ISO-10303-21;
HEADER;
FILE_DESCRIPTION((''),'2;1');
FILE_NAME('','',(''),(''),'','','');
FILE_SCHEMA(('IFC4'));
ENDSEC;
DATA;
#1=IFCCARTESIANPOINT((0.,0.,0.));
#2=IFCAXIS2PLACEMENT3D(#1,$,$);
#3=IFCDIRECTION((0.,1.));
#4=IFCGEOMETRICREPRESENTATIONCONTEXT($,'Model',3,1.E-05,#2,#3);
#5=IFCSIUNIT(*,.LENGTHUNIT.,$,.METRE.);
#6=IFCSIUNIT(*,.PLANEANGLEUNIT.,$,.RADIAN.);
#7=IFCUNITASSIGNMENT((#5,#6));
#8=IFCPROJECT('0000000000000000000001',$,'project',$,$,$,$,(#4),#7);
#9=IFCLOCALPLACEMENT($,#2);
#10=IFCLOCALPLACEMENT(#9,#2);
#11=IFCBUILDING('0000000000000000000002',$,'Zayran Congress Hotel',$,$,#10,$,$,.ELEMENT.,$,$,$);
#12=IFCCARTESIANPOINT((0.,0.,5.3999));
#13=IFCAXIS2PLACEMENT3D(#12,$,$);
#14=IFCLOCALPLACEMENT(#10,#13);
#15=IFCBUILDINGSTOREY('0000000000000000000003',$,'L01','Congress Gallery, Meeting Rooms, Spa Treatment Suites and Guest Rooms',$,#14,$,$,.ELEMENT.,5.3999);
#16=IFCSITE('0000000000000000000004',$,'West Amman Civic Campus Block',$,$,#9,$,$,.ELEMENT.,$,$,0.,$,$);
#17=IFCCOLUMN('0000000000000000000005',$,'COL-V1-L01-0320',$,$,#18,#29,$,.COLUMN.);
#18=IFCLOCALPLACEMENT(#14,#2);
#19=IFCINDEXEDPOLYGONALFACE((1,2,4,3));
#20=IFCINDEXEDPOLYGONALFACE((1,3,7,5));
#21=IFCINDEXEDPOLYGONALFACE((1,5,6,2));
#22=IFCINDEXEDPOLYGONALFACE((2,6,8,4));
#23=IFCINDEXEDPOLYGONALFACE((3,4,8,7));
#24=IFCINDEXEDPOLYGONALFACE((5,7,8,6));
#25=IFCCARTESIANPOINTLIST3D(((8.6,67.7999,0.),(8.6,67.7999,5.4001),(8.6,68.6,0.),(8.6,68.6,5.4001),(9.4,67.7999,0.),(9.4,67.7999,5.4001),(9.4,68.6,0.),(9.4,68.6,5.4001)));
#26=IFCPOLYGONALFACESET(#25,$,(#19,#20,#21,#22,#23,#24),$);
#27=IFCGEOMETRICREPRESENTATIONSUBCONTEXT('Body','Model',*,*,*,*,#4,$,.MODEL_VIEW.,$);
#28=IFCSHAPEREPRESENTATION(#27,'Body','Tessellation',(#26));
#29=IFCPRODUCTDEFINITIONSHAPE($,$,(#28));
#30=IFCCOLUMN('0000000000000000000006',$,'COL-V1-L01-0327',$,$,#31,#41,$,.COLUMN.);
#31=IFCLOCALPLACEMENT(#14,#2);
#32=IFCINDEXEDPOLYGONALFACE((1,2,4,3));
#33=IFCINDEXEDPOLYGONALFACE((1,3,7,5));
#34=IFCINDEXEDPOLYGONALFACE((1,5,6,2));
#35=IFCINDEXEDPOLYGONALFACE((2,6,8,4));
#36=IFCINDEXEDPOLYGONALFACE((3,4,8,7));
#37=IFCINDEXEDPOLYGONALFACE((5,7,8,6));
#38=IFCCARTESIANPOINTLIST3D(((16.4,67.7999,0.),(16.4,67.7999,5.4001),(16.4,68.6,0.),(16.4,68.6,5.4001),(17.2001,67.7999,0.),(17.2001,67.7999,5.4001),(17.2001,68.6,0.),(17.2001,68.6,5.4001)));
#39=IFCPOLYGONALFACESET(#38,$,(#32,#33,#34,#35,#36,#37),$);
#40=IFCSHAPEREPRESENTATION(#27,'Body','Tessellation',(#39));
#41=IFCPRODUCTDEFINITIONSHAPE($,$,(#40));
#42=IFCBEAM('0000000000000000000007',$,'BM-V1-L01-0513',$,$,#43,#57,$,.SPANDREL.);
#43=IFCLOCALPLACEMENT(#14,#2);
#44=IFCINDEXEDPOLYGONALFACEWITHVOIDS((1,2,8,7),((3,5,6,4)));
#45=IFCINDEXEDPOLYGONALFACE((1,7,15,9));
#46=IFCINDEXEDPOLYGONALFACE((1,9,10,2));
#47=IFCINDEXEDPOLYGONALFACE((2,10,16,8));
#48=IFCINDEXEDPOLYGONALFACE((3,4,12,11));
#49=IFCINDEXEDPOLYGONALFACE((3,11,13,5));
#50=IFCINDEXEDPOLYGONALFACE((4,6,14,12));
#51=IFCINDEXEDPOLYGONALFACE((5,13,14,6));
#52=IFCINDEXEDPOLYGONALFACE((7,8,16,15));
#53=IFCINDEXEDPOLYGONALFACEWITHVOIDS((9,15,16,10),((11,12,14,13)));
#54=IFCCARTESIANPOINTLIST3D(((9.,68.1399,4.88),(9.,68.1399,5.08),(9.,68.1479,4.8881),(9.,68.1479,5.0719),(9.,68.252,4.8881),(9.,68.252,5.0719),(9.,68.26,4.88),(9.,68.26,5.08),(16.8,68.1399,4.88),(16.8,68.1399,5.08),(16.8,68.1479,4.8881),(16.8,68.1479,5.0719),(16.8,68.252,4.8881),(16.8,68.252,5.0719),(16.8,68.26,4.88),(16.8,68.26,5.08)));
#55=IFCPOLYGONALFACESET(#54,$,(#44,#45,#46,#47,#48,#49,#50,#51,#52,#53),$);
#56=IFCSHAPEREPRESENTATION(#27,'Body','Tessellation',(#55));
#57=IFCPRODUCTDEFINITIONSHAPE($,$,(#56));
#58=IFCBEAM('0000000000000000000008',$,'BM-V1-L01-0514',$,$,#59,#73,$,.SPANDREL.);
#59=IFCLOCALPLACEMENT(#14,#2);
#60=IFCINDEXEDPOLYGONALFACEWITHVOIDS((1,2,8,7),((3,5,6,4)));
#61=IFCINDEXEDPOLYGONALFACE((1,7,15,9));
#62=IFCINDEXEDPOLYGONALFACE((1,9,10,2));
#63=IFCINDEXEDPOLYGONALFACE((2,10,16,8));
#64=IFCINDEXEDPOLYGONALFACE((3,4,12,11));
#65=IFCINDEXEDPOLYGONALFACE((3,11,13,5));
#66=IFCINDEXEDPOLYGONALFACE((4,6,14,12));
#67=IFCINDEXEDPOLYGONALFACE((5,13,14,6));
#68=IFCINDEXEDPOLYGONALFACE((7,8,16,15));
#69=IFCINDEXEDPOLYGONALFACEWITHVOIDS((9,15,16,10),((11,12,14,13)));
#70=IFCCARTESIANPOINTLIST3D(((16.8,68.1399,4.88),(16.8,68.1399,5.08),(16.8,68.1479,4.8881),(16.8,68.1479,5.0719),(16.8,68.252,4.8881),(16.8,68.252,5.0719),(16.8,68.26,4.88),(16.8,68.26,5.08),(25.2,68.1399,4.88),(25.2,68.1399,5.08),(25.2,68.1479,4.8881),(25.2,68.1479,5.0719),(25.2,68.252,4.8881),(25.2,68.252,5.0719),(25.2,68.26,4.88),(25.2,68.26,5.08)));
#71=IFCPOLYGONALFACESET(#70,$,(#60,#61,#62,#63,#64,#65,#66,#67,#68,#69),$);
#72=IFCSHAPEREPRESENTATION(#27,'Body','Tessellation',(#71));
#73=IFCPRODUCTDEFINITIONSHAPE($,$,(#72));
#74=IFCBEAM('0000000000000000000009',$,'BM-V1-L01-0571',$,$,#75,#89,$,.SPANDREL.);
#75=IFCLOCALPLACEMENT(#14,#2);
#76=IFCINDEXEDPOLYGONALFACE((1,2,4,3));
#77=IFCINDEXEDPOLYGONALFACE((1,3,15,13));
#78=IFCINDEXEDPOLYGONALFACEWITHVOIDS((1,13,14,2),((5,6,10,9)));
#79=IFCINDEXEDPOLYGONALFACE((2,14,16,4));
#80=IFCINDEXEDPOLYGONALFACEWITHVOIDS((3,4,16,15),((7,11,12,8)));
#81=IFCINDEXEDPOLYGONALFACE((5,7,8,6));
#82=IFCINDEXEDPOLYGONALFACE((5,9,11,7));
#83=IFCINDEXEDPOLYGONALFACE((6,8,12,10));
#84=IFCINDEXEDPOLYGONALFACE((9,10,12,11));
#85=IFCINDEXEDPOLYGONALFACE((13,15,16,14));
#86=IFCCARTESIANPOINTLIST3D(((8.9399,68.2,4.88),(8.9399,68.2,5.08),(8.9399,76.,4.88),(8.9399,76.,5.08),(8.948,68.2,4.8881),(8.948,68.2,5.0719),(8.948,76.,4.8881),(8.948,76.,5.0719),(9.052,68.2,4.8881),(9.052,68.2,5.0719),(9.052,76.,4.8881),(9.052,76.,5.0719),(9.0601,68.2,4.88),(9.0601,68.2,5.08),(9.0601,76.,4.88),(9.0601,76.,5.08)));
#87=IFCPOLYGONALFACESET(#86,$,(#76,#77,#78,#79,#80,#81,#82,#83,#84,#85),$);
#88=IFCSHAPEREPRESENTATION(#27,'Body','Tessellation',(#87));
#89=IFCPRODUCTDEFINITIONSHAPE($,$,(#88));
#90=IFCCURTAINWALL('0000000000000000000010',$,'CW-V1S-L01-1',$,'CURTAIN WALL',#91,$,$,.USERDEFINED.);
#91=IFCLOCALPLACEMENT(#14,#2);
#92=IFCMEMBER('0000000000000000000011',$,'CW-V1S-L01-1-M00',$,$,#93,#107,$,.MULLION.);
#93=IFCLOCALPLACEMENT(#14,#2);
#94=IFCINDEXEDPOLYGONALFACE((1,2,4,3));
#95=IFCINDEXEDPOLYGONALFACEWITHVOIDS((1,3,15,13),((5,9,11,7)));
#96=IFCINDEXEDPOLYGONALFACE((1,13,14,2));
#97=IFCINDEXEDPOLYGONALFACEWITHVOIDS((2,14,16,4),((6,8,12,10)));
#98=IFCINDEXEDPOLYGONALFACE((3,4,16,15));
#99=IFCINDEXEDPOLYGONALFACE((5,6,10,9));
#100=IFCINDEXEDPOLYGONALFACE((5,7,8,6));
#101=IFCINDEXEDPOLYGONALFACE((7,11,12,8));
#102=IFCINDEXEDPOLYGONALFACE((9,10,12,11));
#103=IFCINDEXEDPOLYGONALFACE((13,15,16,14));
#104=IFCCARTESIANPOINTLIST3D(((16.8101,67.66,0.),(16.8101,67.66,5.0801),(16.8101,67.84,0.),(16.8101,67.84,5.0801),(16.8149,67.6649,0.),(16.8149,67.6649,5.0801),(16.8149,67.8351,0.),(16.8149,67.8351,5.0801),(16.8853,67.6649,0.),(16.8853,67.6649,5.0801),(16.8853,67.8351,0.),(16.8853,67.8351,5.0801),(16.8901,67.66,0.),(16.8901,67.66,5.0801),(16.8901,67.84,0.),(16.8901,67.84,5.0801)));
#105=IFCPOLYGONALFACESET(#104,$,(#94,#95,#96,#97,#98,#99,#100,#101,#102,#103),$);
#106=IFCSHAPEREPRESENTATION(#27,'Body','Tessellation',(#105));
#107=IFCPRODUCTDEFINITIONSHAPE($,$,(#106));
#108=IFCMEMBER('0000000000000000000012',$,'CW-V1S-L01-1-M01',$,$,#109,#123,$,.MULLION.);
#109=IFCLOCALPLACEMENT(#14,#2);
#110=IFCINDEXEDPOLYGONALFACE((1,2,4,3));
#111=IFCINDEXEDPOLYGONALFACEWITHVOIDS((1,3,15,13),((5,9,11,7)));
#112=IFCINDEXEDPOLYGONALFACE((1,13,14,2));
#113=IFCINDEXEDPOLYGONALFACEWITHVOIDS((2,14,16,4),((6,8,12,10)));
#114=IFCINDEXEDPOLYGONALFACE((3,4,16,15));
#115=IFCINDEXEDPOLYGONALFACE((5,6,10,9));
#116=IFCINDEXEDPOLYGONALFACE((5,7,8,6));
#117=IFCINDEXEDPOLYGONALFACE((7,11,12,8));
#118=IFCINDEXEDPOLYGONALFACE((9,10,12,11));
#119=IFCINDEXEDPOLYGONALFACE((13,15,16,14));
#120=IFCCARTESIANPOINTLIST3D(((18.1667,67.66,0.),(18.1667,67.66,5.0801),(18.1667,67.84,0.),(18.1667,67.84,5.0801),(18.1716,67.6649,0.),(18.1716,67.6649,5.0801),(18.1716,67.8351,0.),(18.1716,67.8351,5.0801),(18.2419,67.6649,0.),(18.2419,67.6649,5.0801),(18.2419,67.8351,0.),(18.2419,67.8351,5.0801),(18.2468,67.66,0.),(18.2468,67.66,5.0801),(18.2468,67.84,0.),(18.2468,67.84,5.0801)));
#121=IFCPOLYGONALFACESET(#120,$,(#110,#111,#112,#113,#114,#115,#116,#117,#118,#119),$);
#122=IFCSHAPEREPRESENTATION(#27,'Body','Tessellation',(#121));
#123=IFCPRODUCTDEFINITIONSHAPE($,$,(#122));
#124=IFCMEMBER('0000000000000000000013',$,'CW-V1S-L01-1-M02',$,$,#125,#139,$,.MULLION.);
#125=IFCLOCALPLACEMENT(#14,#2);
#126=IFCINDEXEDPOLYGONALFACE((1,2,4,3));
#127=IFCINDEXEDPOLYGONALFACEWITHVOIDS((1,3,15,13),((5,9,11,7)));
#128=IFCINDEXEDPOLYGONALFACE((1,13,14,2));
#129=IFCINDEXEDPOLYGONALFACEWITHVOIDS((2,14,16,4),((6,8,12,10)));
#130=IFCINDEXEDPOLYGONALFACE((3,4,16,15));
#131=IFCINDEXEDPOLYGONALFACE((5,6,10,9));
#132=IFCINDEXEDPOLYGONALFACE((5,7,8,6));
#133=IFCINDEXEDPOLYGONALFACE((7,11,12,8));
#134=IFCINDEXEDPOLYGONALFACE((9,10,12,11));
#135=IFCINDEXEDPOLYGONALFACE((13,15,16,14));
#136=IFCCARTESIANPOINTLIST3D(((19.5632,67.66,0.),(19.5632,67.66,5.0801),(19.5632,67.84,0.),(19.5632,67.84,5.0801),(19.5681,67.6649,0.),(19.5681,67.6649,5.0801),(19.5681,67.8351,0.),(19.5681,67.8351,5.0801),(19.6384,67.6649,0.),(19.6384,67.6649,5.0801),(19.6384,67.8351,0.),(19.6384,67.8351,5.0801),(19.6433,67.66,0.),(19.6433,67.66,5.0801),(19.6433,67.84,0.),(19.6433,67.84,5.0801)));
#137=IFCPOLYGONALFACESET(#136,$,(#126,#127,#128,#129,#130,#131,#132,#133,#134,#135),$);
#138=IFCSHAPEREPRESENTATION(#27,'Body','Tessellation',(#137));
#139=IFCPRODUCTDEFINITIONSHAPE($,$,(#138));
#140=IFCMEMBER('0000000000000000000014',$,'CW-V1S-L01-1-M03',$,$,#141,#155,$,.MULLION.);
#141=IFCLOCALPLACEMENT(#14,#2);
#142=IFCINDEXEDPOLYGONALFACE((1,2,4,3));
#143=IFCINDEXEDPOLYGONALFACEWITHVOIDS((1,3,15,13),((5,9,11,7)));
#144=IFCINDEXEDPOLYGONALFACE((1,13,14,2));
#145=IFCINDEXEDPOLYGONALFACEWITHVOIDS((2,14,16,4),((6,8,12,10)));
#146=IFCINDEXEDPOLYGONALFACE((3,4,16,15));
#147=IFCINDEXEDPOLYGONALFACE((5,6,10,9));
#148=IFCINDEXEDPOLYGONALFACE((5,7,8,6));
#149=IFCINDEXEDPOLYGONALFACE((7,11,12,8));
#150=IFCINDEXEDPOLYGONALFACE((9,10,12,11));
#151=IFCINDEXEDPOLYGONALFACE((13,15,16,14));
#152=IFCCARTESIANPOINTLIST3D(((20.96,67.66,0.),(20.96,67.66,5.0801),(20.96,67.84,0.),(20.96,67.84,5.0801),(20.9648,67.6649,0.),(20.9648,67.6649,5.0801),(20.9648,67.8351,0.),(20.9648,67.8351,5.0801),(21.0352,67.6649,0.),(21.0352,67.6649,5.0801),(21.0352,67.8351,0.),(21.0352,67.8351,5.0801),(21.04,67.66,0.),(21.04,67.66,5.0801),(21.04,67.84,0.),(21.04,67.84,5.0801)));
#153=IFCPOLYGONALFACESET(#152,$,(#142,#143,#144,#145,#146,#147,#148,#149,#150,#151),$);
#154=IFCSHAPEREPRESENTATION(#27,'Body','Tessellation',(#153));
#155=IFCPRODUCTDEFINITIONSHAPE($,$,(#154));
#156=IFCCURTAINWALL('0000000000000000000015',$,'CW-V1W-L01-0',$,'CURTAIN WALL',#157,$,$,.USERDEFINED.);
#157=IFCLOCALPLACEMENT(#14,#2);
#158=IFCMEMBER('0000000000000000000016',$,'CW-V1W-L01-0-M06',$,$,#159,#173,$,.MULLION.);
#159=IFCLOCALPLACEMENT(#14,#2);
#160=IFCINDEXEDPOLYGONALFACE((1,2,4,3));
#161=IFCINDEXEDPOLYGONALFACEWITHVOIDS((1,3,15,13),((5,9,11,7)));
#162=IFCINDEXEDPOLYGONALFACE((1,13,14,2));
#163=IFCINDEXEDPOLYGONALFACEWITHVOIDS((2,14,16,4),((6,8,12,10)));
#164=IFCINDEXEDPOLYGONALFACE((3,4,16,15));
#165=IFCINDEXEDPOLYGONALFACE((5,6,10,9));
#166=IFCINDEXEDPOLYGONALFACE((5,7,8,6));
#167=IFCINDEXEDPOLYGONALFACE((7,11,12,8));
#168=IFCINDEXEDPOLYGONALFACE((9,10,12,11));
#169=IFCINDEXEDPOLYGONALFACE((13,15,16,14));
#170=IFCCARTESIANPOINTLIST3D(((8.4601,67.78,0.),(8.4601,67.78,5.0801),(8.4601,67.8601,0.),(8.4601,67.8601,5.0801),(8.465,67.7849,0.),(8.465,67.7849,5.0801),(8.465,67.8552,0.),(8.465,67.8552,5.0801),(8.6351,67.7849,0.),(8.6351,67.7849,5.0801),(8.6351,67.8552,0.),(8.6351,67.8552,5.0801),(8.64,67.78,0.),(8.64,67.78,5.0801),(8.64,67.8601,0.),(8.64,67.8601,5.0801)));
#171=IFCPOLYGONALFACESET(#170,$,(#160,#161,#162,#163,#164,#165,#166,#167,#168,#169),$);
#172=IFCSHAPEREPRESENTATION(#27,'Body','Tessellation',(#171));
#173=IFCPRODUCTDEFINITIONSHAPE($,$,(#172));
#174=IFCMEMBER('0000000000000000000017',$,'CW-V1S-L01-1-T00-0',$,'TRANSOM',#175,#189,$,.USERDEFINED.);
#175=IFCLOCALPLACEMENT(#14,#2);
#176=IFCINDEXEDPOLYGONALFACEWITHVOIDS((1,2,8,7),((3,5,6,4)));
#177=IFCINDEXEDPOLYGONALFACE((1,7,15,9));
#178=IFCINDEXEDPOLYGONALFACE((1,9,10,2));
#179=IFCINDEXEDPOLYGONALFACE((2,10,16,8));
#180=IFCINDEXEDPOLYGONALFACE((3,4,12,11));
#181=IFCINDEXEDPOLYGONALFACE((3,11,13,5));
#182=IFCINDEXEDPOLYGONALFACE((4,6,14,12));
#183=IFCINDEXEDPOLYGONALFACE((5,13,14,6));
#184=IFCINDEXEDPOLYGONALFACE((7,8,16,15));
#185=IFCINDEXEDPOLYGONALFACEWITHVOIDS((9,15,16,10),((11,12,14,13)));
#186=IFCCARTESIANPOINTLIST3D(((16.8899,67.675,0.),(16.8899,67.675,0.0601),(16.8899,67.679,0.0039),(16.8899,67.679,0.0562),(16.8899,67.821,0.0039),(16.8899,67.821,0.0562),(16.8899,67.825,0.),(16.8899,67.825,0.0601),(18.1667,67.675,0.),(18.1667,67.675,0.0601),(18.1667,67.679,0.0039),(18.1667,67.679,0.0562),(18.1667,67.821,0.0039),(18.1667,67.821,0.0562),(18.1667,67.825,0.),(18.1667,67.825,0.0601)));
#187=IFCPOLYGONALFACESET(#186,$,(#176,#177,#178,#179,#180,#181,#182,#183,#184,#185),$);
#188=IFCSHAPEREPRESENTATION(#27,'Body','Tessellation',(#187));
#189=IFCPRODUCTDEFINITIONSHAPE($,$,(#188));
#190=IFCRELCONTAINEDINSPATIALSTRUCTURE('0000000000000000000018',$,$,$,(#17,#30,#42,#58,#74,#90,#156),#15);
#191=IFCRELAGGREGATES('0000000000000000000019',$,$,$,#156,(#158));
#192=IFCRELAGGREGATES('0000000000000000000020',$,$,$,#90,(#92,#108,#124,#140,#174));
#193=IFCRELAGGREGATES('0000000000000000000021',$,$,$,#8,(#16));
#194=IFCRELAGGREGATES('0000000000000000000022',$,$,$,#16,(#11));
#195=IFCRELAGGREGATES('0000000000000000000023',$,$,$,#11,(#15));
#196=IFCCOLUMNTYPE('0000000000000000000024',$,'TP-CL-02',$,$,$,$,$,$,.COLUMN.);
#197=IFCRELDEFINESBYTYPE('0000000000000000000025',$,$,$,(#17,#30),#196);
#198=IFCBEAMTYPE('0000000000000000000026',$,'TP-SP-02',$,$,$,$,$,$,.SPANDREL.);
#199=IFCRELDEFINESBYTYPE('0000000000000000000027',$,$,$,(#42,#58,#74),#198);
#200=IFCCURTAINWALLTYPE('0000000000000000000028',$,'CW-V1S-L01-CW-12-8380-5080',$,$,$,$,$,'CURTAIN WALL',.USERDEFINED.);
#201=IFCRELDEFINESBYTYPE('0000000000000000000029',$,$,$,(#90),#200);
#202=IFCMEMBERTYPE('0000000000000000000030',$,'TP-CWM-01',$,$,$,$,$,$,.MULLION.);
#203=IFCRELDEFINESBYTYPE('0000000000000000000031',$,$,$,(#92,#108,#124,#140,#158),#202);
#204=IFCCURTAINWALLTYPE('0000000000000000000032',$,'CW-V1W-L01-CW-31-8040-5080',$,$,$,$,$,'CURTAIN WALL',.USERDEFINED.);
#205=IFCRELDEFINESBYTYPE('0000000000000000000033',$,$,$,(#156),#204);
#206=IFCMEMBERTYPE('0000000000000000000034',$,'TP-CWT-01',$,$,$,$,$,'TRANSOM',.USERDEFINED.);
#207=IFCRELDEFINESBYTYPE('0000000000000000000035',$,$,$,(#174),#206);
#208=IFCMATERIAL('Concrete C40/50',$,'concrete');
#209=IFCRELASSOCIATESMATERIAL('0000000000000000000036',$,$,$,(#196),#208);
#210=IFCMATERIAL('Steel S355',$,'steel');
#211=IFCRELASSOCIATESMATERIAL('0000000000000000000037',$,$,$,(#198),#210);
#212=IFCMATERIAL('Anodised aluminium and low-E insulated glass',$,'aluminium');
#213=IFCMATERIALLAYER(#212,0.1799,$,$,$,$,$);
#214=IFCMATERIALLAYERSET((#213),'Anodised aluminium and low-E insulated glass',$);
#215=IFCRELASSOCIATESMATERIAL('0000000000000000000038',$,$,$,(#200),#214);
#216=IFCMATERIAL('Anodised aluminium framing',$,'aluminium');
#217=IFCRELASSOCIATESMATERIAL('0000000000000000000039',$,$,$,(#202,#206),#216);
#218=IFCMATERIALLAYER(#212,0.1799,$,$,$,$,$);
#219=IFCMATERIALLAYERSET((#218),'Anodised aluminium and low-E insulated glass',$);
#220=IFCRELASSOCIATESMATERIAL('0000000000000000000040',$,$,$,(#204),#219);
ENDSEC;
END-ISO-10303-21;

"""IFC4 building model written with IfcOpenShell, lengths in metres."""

from ifc_helpers import new_model, si_unit, direction, frame, origin, origin_2d, place, context, subcontext, project, spatial, rectangle, hollow_rectangle, extrude, material, layer, layer_set, material_profile, profile_set, type_object, element, aggregate, save


model = new_model("IFC4")

# Units and contexts
model_context = context("Model", 3, precision=1e-05, world=origin(), true_north=direction((0.0, 1.0)))
body_context = subcontext(model_context, "Body", "Model", "MODEL_VIEW")
ifc_project = project(units=[si_unit("LENGTHUNIT", "METRE"), si_unit("PLANEANGLEUNIT", "RADIAN")], contexts=[model_context])

# Site, building, storey
site_placement = place(None, origin())
site = spatial("IfcSite", under=ifc_project, at=site_placement, Name="West Amman Civic Campus Block", CompositionType="ELEMENT", RefElevation=0.0)
building_placement = place(site_placement, origin())
building = spatial("IfcBuilding", under=site, at=building_placement, Name="Zayran Congress Hotel", CompositionType="ELEMENT")
storey_placement = place(building_placement, frame((0.0, 0.0, 5.3999)))
storey = spatial("IfcBuildingStorey", under=building, at=storey_placement, Name="L01", Description="Congress Gallery, Meeting Rooms, Spa Treatment Suites and Guest Rooms", CompositionType="ELEMENT", Elevation=5.3999)

# Columns
ifc_material_1 = material(Name="Concrete C40/50", Category="concrete")
ifc_material_profile_1 = material_profile(ifc_material_1, rectangle(XDim=0.8, YDim=0.8, at=origin_2d()), Name="RC 800x800")
ifc_profile_set_1 = profile_set([ifc_material_profile_1], Name="Concrete C40/50")
column_type = type_object("IfcColumnType", Name="TP-CL-02", PredefinedType="COLUMN", material=ifc_profile_set_1)
for number, where, z_axis, x_axis, name in (
    (1, (9.0, 68.2, 0.0), (0.0, 0.0, 1.0), (1.0, 0.0, 0.0), "COL-V1-L01-0320"),
    (2, (16.8, 68.2, 0.0), (0.0, 0.0, 1.0), (1.0, 0.0, 0.0), "COL-V1-L01-0327"),
):
    element("IfcColumn", number, at=place(storey_placement, frame(where, z_axis=z_axis, x_axis=x_axis)), inside=storey, type_object=column_type, Name=name, PredefinedType="COLUMN", context=body_context, shape_type="SweptSolid", body=[
        extrude(rectangle(XDim=0.8, YDim=0.8, at=origin_2d()), origin(), (0.0, 0.0, 1.0), 5.4001),
    ])

# Beams
ifc_material_2 = material(Name="Steel S355", Category="steel")
ifc_material_profile_2 = material_profile(ifc_material_2, hollow_rectangle(XDim=0.1201, YDim=0.2, WallThickness=0.0081, at=origin_2d()), Name="RHS 200x120x8")
ifc_profile_set_2 = profile_set([ifc_material_profile_2], Name="Steel S355")
beam_type = type_object("IfcBeamType", Name="TP-SP-02", PredefinedType="SPANDREL", material=ifc_profile_set_2)
beam_1_placement = place(storey_placement, frame((9.0, 68.2, 4.98), z_axis=(1.0, 0.0, 0.0), x_axis=(0.0, 1.0, 0.0)))
element("IfcBeam", 3, at=beam_1_placement, inside=storey, type_object=beam_type, Name="BM-V1-L01-0513", PredefinedType="SPANDREL", context=body_context, shape_type="SweptSolid", body=[
    extrude(hollow_rectangle(XDim=0.1201, YDim=0.2, WallThickness=0.0081, at=origin_2d()), origin(), (0.0, 0.0, 1.0), 7.8),
])
beam_2_placement = place(storey_placement, frame((16.8, 68.2, 4.98), z_axis=(1.0, 0.0, 0.0), x_axis=(0.0, 1.0, 0.0)))
element("IfcBeam", 4, at=beam_2_placement, inside=storey, type_object=beam_type, Name="BM-V1-L01-0514", PredefinedType="SPANDREL", context=body_context, shape_type="SweptSolid", body=[
    extrude(hollow_rectangle(XDim=0.1201, YDim=0.2, WallThickness=0.0081, at=origin_2d()), origin(), (0.0, 0.0, 1.0), 8.3999),
])
beam_3_placement = place(storey_placement, frame((9.0, 68.2, 4.98), z_axis=(0.0, 1.0, 0.0), x_axis=(-1.0, 0.0, 0.0)))
element("IfcBeam", 5, at=beam_3_placement, inside=storey, type_object=beam_type, Name="BM-V1-L01-0571", PredefinedType="SPANDREL", context=body_context, shape_type="SweptSolid", body=[
    extrude(hollow_rectangle(XDim=0.1201, YDim=0.2, WallThickness=0.0081, at=origin_2d()), origin(), (0.0, 0.0, 1.0), 7.8),
])

# Curtain wall, members
ifc_material_3 = material(Name="Anodised aluminium and low-E insulated glass", Category="aluminium")
ifc_layer_1 = layer(ifc_material_3, 0.1799)
ifc_layer_set_1 = layer_set([ifc_layer_1], Name="Anodised aluminium and low-E insulated glass")
curtain_wall_type_1 = type_object("IfcCurtainWallType", Name="CW-V1S-L01-CW-12-8380-5080", ElementType="CURTAIN WALL", PredefinedType="USERDEFINED", material=ifc_layer_set_1)
curtain_wall_1_placement = place(storey_placement, origin())
curtain_wall_1 = element("IfcCurtainWall", 6, at=curtain_wall_1_placement, inside=storey, type_object=curtain_wall_type_1, Name="CW-V1S-L01-1", ObjectType="CURTAIN WALL", PredefinedType="USERDEFINED")
ifc_material_4 = material(Name="Anodised aluminium framing", Category="aluminium")
ifc_material_profile_3 = material_profile(ifc_material_4, hollow_rectangle(XDim=0.0801, YDim=0.1799, WallThickness=0.0049, at=origin_2d()), Name="RHS 180x80x5")
ifc_profile_set_3 = profile_set([ifc_material_profile_3], Name="Anodised aluminium framing")
member_type_1 = type_object("IfcMemberType", Name="TP-CWM-01", PredefinedType="MULLION", material=ifc_profile_set_3)
member_1_placement = place(storey_placement, frame((16.8501, 67.75, 0.0), z_axis=(0.0, 0.0, 1.0), x_axis=(1.0, 0.0, 0.0)))
member_1 = element("IfcMember", 7, at=member_1_placement, type_object=member_type_1, Name="CW-V1S-L01-1-M00", PredefinedType="MULLION", context=body_context, shape_type="SweptSolid", body=[
    extrude(hollow_rectangle(XDim=0.0801, YDim=0.1799, WallThickness=0.0049, at=origin_2d()), origin(), (0.0, 0.0, 1.0), 5.0801),
])
member_2_placement = place(storey_placement, frame((18.2068, 67.75, 0.0), z_axis=(0.0, 0.0, 1.0), x_axis=(1.0, 0.0, 0.0)))
member_2 = element("IfcMember", 8, at=member_2_placement, type_object=member_type_1, Name="CW-V1S-L01-1-M01", PredefinedType="MULLION", context=body_context, shape_type="SweptSolid", body=[
    extrude(hollow_rectangle(XDim=0.0801, YDim=0.1799, WallThickness=0.0049, at=origin_2d()), origin(), (0.0, 0.0, 1.0), 5.0801),
])
member_3_placement = place(storey_placement, frame((19.6033, 67.75, 0.0), z_axis=(0.0, 0.0, 1.0), x_axis=(1.0, 0.0, 0.0)))
member_3 = element("IfcMember", 9, at=member_3_placement, type_object=member_type_1, Name="CW-V1S-L01-1-M02", PredefinedType="MULLION", context=body_context, shape_type="SweptSolid", body=[
    extrude(hollow_rectangle(XDim=0.0801, YDim=0.1799, WallThickness=0.0049, at=origin_2d()), origin(), (0.0, 0.0, 1.0), 5.0801),
])
member_4_placement = place(storey_placement, frame((21.0, 67.75, 0.0), z_axis=(0.0, 0.0, 1.0), x_axis=(1.0, 0.0, 0.0)))
member_4 = element("IfcMember", 10, at=member_4_placement, type_object=member_type_1, Name="CW-V1S-L01-1-M03", PredefinedType="MULLION", context=body_context, shape_type="SweptSolid", body=[
    extrude(hollow_rectangle(XDim=0.0801, YDim=0.1799, WallThickness=0.0049, at=origin_2d()), origin(), (0.0, 0.0, 1.0), 5.0801),
])

# Curtain wall, member
ifc_layer_2 = layer(ifc_material_3, 0.1799)
ifc_layer_set_2 = layer_set([ifc_layer_2], Name="Anodised aluminium and low-E insulated glass")
curtain_wall_type_2 = type_object("IfcCurtainWallType", Name="CW-V1W-L01-CW-31-8040-5080", ElementType="CURTAIN WALL", PredefinedType="USERDEFINED", material=ifc_layer_set_2)
curtain_wall_2_placement = place(storey_placement, origin())
curtain_wall_2 = element("IfcCurtainWall", 11, at=curtain_wall_2_placement, inside=storey, type_object=curtain_wall_type_2, Name="CW-V1W-L01-0", ObjectType="CURTAIN WALL", PredefinedType="USERDEFINED")
member_5_placement = place(storey_placement, frame((8.55, 67.8201, 0.0), z_axis=(0.0, 0.0, 1.0), x_axis=(0.0, 1.0, 0.0)))
member_5 = element("IfcMember", 12, at=member_5_placement, type_object=member_type_1, Name="CW-V1W-L01-0-M06", PredefinedType="MULLION", context=body_context, shape_type="SweptSolid", body=[
    extrude(hollow_rectangle(XDim=0.0801, YDim=0.1799, WallThickness=0.0049, at=origin_2d()), origin(), (0.0, 0.0, 1.0), 5.0801),
])
aggregate(curtain_wall_2, [member_5])

# Member
ifc_material_profile_4 = material_profile(ifc_material_4, hollow_rectangle(XDim=0.0601, YDim=0.1499, WallThickness=0.0039, at=origin_2d()), Name="RHS 150x60x4")
ifc_profile_set_4 = profile_set([ifc_material_profile_4], Name="Anodised aluminium framing")
member_type_2 = type_object("IfcMemberType", Name="TP-CWT-01", ElementType="TRANSOM", PredefinedType="USERDEFINED", material=ifc_profile_set_4)
member_6_placement = place(storey_placement, frame((16.8899, 67.75, 0.03), z_axis=(1.0, 0.0, 0.0), x_axis=(0.0, 0.0, 1.0)))
member_6 = element("IfcMember", 13, at=member_6_placement, type_object=member_type_2, Name="CW-V1S-L01-1-T00-0", ObjectType="TRANSOM", PredefinedType="USERDEFINED", context=body_context, shape_type="SweptSolid", body=[
    extrude(hollow_rectangle(XDim=0.0601, YDim=0.1499, WallThickness=0.0039, at=origin_2d()), origin(), (0.0, 0.0, 1.0), 1.2769),
])

aggregate(curtain_wall_1, [member_1, member_2, member_3, member_4, member_6])

save(model, "model.ifc")
